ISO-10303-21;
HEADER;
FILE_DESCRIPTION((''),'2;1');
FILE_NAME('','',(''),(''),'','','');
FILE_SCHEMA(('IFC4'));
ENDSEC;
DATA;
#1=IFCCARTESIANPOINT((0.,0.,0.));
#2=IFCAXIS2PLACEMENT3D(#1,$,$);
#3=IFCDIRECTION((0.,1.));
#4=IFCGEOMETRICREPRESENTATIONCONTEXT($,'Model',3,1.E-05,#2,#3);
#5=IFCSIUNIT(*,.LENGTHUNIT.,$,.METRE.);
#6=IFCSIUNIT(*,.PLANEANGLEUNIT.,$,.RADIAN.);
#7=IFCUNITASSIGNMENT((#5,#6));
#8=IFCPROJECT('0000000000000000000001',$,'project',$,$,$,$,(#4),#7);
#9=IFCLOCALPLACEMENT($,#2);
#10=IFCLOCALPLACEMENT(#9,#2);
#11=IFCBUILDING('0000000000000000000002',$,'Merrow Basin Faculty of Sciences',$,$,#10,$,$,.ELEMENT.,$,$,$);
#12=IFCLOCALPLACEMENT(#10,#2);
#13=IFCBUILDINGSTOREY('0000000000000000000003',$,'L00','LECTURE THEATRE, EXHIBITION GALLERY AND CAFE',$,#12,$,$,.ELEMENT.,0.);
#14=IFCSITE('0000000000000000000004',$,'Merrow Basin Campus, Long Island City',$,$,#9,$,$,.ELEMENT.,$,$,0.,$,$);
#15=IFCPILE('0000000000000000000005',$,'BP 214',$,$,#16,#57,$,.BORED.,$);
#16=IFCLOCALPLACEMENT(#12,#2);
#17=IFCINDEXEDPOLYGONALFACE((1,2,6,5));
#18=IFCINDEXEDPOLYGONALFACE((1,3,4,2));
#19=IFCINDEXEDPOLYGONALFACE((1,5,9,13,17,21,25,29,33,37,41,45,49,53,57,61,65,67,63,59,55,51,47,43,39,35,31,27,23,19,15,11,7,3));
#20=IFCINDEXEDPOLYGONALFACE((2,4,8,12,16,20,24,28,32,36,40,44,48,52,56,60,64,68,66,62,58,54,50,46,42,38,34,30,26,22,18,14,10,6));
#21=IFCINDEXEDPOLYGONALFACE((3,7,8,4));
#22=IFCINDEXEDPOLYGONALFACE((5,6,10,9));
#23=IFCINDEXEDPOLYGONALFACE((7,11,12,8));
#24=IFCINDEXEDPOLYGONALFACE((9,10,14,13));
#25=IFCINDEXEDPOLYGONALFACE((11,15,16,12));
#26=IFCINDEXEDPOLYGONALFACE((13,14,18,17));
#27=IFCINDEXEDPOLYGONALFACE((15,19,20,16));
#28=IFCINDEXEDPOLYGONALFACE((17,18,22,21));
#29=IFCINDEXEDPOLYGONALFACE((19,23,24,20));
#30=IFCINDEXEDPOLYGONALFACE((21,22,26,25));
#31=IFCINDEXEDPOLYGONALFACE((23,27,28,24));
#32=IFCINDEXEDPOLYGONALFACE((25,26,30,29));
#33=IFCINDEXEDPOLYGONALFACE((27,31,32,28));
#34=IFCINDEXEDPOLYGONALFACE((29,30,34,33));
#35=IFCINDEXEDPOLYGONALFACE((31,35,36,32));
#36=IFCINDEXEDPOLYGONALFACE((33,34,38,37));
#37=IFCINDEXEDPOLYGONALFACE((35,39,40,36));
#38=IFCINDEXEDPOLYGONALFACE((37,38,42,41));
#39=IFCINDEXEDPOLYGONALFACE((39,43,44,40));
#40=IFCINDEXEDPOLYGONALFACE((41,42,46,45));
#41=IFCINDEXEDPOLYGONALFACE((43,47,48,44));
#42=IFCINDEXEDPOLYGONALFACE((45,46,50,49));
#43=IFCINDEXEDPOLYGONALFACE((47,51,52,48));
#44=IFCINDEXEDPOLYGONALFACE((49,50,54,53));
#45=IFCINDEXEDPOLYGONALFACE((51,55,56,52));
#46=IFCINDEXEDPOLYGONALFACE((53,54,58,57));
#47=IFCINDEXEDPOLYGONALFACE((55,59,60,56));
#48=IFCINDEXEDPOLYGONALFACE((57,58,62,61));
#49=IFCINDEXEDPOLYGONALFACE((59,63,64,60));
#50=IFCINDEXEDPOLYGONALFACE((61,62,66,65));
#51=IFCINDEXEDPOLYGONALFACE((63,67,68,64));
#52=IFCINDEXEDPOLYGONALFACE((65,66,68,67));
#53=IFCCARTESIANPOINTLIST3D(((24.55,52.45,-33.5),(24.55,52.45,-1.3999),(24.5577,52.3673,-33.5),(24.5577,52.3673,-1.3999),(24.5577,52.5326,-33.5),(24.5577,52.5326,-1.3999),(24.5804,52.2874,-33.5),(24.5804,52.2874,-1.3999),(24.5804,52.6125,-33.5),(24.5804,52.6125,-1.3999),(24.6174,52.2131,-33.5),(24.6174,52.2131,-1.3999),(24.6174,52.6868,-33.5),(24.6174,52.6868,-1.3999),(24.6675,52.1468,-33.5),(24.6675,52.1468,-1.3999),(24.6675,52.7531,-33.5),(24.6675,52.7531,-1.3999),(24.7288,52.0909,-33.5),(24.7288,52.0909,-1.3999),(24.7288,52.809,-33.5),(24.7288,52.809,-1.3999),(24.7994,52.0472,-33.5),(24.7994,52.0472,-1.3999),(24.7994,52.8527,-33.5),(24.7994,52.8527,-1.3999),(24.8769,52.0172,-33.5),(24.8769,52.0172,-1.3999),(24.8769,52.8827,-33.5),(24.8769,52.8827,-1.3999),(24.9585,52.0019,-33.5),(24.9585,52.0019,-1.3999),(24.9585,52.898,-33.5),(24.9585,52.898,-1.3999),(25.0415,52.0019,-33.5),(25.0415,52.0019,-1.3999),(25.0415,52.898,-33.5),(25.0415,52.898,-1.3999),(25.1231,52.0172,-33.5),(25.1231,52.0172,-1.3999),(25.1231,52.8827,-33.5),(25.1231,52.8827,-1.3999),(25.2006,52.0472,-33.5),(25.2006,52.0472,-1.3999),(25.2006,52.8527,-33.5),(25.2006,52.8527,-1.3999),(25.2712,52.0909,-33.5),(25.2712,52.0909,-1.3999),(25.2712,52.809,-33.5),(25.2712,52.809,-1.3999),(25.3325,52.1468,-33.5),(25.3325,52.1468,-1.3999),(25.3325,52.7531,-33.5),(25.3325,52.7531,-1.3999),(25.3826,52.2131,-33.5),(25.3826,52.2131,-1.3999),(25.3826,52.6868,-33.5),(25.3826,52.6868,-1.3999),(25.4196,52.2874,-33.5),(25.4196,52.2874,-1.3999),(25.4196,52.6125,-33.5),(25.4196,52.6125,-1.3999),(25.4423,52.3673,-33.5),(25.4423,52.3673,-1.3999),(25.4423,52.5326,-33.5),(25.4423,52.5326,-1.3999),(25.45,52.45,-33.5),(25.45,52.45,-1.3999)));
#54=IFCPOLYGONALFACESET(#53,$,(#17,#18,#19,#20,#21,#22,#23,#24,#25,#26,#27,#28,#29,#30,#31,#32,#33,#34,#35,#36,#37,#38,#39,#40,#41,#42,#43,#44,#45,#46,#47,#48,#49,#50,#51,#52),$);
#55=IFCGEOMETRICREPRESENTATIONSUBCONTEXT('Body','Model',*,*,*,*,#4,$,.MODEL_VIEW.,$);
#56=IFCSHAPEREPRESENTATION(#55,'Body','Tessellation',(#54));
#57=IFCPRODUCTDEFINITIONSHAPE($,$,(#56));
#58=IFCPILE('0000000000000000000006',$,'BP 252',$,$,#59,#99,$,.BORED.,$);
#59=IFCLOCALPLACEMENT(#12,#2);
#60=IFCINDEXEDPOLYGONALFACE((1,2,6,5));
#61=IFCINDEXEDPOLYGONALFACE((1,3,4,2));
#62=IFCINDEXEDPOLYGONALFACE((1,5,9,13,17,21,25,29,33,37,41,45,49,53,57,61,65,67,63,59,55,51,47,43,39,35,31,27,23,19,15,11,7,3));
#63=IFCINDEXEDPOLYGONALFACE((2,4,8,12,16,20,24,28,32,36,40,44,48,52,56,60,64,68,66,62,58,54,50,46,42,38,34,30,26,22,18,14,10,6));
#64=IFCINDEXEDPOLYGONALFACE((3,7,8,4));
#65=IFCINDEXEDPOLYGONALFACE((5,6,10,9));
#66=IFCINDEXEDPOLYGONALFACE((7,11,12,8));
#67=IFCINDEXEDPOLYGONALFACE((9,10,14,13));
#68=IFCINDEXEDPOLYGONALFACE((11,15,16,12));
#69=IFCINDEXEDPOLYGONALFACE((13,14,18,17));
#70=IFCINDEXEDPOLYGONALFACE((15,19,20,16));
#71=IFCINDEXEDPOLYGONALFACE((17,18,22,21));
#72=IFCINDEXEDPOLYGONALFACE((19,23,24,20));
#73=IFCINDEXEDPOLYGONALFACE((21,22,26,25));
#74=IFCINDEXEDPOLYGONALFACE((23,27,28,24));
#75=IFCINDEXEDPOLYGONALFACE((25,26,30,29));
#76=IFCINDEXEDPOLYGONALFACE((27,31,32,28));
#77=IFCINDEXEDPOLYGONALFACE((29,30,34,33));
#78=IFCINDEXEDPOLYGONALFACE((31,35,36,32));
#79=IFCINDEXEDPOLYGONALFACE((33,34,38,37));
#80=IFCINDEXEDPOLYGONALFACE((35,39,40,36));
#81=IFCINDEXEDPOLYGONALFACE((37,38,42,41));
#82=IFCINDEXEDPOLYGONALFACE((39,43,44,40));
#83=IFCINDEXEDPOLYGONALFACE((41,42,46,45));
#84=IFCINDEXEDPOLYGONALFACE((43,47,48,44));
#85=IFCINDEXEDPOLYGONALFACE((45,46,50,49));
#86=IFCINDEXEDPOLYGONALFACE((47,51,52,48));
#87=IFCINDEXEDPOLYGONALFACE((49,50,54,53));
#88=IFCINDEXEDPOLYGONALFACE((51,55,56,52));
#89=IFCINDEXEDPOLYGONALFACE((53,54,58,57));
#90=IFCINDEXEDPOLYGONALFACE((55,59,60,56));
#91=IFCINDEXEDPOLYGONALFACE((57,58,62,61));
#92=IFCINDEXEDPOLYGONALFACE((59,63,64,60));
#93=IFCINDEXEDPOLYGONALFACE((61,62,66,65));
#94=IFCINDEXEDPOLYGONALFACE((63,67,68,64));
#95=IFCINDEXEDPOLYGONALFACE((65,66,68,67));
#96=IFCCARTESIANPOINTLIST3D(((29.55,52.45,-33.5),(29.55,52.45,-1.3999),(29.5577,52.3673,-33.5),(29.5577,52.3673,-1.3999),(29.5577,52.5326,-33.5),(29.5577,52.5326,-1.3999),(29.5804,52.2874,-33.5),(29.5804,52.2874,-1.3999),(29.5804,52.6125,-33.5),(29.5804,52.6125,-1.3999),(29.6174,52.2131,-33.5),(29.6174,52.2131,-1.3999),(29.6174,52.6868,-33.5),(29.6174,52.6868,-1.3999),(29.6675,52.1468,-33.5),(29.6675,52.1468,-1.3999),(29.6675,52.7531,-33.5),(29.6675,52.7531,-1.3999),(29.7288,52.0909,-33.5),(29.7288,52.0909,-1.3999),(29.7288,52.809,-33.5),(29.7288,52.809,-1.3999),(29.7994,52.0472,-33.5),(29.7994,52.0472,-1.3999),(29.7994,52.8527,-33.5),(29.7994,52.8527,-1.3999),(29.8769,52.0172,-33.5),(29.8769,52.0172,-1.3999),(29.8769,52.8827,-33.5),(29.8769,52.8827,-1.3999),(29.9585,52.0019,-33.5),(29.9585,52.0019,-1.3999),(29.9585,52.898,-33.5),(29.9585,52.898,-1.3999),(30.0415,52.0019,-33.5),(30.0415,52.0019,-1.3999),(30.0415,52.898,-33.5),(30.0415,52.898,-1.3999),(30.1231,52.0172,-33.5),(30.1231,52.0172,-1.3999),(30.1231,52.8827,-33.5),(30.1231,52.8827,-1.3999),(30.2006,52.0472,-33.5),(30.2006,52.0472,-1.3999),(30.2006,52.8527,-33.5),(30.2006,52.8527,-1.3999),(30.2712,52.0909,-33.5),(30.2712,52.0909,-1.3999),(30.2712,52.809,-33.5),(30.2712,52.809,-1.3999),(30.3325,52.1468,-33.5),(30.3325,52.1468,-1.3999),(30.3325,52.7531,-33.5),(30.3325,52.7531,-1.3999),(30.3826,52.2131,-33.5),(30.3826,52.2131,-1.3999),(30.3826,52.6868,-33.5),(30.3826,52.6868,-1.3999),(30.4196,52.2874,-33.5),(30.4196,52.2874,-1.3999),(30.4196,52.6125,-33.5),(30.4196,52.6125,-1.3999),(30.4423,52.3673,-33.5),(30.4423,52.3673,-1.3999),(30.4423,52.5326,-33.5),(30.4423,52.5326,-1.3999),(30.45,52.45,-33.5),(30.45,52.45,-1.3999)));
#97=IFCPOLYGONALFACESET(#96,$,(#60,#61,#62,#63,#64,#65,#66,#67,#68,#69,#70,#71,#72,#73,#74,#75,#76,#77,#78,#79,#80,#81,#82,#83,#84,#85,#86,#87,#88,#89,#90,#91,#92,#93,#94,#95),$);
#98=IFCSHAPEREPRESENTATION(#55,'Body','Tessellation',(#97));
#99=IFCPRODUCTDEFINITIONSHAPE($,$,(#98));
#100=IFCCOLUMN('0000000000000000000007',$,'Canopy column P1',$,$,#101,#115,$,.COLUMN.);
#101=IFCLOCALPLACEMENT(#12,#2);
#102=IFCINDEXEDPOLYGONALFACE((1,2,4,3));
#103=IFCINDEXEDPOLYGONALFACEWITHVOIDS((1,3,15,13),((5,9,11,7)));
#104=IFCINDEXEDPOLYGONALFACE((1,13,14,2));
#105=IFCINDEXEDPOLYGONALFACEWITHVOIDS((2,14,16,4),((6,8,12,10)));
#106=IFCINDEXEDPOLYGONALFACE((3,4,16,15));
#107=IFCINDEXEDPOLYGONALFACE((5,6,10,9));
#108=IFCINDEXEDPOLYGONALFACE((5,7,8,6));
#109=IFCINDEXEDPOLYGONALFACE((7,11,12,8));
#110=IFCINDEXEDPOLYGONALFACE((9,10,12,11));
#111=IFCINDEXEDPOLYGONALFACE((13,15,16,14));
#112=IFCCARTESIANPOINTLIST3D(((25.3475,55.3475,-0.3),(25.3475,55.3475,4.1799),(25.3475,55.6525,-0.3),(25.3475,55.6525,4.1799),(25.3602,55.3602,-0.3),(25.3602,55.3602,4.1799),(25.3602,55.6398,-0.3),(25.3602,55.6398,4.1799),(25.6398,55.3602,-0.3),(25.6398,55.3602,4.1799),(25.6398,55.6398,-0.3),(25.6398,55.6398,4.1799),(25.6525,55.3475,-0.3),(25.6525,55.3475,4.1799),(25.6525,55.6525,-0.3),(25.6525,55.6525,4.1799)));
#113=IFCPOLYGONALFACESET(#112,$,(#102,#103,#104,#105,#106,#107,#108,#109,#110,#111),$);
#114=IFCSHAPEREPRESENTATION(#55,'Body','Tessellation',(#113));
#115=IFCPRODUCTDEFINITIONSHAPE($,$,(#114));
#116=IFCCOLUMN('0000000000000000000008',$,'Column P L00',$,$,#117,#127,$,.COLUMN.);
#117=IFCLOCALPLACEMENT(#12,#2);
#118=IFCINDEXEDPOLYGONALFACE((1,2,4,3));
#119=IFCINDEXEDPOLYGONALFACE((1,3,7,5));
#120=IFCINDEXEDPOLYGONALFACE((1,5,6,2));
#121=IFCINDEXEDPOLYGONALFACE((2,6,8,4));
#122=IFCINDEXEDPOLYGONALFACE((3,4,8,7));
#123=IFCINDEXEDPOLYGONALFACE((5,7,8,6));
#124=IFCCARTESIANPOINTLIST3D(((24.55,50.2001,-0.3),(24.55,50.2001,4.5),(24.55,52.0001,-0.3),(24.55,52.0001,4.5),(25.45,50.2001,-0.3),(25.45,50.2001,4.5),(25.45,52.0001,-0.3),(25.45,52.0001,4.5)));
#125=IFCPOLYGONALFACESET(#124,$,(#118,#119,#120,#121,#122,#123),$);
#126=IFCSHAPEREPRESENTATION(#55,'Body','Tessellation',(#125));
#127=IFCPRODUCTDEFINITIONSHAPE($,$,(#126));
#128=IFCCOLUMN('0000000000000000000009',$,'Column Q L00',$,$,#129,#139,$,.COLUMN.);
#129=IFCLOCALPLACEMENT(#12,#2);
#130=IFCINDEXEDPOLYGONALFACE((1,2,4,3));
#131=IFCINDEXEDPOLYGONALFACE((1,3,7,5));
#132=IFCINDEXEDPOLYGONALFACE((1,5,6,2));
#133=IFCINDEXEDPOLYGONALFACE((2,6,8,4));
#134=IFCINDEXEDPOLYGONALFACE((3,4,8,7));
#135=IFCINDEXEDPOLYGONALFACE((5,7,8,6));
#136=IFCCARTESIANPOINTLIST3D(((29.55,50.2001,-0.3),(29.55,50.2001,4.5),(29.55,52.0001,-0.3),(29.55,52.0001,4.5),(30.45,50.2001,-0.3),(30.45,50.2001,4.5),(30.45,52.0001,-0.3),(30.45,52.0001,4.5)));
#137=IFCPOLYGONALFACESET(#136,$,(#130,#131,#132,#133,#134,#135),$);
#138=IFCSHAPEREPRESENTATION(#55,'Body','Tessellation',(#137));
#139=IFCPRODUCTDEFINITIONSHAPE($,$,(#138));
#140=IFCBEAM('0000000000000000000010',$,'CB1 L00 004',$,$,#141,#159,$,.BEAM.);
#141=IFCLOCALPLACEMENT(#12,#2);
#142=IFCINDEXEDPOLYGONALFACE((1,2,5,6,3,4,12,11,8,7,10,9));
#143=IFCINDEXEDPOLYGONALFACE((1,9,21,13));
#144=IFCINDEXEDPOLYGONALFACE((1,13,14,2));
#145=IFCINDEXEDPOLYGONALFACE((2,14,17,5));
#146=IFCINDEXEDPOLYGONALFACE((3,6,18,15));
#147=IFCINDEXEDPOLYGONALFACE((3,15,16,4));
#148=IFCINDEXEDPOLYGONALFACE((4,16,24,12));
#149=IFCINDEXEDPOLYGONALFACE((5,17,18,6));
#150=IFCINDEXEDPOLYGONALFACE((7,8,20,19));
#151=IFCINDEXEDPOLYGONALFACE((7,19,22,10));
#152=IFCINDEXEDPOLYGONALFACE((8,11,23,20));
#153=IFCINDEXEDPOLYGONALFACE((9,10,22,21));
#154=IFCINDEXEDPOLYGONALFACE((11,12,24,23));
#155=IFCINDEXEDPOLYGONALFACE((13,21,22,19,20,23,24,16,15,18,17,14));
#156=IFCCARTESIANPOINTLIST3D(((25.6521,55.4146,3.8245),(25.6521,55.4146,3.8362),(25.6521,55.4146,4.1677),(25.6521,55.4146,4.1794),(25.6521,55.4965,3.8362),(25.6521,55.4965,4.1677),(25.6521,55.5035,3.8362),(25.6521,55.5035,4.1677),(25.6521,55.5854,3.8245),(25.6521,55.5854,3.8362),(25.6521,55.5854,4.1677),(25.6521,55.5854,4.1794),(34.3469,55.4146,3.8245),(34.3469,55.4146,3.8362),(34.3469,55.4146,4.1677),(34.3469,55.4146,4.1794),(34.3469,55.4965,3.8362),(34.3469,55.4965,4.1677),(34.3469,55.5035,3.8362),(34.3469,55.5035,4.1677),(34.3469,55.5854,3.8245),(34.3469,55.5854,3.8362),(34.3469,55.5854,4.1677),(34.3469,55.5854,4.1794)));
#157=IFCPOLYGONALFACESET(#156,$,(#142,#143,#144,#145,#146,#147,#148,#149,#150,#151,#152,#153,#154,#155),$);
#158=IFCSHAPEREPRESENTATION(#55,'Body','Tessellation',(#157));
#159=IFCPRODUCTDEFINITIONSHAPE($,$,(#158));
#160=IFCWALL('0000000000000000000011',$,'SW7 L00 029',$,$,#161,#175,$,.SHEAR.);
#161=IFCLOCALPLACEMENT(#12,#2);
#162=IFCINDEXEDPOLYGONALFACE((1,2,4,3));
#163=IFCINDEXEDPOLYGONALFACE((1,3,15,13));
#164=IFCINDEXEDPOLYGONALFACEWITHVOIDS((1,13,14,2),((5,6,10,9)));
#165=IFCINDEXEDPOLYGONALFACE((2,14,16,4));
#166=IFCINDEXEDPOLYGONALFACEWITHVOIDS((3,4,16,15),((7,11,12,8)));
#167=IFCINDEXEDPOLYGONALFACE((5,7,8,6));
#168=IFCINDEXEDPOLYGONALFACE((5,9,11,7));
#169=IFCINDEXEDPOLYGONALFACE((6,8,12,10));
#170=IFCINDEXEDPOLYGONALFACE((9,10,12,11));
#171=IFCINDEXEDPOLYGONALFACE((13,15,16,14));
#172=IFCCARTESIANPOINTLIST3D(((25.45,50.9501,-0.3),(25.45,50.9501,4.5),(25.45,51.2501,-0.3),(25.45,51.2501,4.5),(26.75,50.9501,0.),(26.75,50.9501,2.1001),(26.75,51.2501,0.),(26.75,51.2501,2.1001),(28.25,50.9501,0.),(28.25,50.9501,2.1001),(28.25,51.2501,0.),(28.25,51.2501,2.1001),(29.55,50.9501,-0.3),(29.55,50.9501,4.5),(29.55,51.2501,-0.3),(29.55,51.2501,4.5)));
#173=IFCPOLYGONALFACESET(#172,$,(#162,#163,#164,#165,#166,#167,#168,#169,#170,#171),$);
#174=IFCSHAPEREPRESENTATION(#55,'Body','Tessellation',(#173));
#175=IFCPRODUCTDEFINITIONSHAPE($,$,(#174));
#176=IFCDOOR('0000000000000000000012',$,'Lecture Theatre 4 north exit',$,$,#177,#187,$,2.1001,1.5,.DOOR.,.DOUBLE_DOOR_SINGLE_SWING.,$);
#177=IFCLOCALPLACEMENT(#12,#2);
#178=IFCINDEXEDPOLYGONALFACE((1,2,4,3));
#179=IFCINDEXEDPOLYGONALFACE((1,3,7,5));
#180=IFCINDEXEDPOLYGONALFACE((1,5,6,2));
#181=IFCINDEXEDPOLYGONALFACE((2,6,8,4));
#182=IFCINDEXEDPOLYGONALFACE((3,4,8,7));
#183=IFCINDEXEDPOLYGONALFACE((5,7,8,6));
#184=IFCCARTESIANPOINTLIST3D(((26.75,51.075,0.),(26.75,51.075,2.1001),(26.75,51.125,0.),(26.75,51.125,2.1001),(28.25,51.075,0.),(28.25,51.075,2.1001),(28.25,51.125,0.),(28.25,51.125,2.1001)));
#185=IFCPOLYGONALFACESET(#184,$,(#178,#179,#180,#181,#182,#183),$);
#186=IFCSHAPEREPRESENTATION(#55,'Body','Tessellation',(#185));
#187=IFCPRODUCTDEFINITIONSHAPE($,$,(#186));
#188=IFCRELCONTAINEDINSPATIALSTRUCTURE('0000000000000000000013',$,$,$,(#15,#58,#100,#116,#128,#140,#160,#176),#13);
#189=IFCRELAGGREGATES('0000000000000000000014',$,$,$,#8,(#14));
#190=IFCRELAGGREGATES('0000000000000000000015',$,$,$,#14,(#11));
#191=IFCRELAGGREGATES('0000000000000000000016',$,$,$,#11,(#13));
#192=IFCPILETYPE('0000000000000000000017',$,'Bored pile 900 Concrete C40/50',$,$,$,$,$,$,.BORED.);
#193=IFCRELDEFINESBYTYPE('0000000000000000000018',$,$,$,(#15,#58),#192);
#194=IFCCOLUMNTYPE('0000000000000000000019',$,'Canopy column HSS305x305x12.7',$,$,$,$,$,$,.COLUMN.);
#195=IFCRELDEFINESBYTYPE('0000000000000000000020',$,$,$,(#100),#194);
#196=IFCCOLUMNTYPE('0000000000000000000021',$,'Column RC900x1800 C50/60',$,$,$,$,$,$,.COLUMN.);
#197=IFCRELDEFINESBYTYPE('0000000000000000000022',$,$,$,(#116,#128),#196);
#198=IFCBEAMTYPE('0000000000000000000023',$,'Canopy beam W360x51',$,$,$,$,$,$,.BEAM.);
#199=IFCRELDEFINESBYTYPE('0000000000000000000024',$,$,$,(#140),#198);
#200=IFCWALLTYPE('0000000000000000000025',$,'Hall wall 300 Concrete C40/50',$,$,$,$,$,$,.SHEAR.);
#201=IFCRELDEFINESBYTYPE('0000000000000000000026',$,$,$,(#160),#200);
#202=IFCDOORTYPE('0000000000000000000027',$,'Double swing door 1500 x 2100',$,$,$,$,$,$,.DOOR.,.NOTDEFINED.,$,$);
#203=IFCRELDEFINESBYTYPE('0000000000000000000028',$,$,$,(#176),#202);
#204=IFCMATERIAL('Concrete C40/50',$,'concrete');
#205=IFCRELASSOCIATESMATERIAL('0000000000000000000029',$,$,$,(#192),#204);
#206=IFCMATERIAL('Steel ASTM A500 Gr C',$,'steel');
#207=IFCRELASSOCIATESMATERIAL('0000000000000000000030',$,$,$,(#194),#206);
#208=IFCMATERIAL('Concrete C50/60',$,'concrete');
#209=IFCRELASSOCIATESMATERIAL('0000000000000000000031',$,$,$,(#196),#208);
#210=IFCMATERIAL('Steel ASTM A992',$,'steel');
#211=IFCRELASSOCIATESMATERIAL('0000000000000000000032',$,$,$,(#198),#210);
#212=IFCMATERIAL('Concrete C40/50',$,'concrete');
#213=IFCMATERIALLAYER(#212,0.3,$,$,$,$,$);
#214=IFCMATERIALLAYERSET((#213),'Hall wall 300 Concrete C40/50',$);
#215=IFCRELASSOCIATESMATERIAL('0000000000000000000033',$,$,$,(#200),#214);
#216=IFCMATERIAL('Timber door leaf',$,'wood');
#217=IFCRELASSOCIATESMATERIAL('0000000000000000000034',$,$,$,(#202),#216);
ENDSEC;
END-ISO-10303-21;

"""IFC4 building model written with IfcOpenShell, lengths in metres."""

from ifc_helpers import new_model, si_unit, direction, frame, frame_2d, origin, origin_2d, place, context, subcontext, project, spatial, rectangle, hollow_rectangle, circle, i_section, extrude, material, layer, layer_set, material_profile, profile_set, type_object, element, fill, save


model = new_model("IFC4")

# Units and contexts
model_context = context("Model", 3, precision=1e-05, world=origin(), true_north=direction((0.0, 1.0)))
body_context = subcontext(model_context, "Body", "Model", "MODEL_VIEW")
ifc_project = project(units=[si_unit("LENGTHUNIT", "METRE"), si_unit("PLANEANGLEUNIT", "RADIAN")], contexts=[model_context])

# Site, building, storey
site_placement = place(None, origin())
site = spatial("IfcSite", under=ifc_project, at=site_placement, Name="Merrow Basin Campus, Long Island City", CompositionType="ELEMENT", RefElevation=0.0)
building_placement = place(site_placement, origin())
building = spatial("IfcBuilding", under=site, at=building_placement, Name="Merrow Basin Faculty of Sciences", CompositionType="ELEMENT")
storey_placement = place(building_placement, origin())
storey = spatial("IfcBuildingStorey", under=building, at=storey_placement, Name="L00", Description="LECTURE THEATRE, EXHIBITION GALLERY AND CAFE", CompositionType="ELEMENT", Elevation=0.0)

# Piles
ifc_material_1 = material(Name="Concrete C40/50", Category="concrete")
ifc_material_profile_1 = material_profile(ifc_material_1, circle(Radius=0.45, at=origin_2d()))
ifc_profile_set_1 = profile_set([ifc_material_profile_1], Name="Concrete C40/50")
pile_type_1 = type_object("IfcPileType", Name="Bored pile 900 Concrete C40/50", PredefinedType="BORED", material=ifc_profile_set_1)
for number, where, z_axis, x_axis, name in (
    (1, (25.0, 52.45, -1.3999), (0.0, 0.0, -1.0), (1.0, 0.0, 0.0), "BP 214"),
    (2, (30.0, 52.45, -1.3999), (0.0, 0.0, -1.0), (1.0, 0.0, 0.0), "BP 252"),
):
    element("IfcPile", number, at=place(storey_placement, frame(where, z_axis=z_axis, x_axis=x_axis)), inside=storey, type_object=pile_type_1, Name=name, PredefinedType="BORED", context=body_context, shape_type="SweptSolid", body=[
        extrude(circle(Radius=0.45, at=origin_2d()), origin(), (0.0, 0.0, 1.0), 32.1001),
    ])

# Columns
ifc_material_2 = material(Name="Steel ASTM A500 Gr C", Category="steel")
ifc_material_profile_2 = material_profile(ifc_material_2, hollow_rectangle(XDim=0.3049, YDim=0.3049, WallThickness=0.0127, at=origin_2d()))
ifc_profile_set_2 = profile_set([ifc_material_profile_2], Name="Steel ASTM A500 Gr C")
column_type_1 = type_object("IfcColumnType", Name="Canopy column HSS305x305x12.7", PredefinedType="COLUMN", material=ifc_profile_set_2)
column_placement = place(storey_placement, frame((25.5, 55.5, -0.3), z_axis=(0.0, 0.0, 1.0), x_axis=(1.0, 0.0, 0.0)))
element("IfcColumn", 3, at=column_placement, inside=storey, type_object=column_type_1, Name="Canopy column P1", PredefinedType="COLUMN", context=body_context, shape_type="SweptSolid", body=[
    extrude(hollow_rectangle(XDim=0.3049, YDim=0.3049, WallThickness=0.0127, at=origin_2d()), origin(), (0.0, 0.0, 1.0), 4.48),
])
ifc_material_3 = material(Name="Concrete C50/60", Category="concrete")
ifc_material_profile_3 = material_profile(ifc_material_3, rectangle(XDim=0.8999, YDim=1.8, at=origin_2d()))
ifc_profile_set_3 = profile_set([ifc_material_profile_3], Name="Concrete C50/60")
column_type_2 = type_object("IfcColumnType", Name="Column RC900x1800 C50/60", PredefinedType="COLUMN", material=ifc_profile_set_3)
for number, where, z_axis, x_axis, name in (
    (4, (25.0, 51.1001, -0.3), (0.0, 0.0, 1.0), (1.0, 0.0, 0.0), "Column P L00"),
    (5, (30.0, 51.1001, -0.3), (0.0, 0.0, 1.0), (1.0, 0.0, 0.0), "Column Q L00"),
):
    element("IfcColumn", number, at=place(storey_placement, frame(where, z_axis=z_axis, x_axis=x_axis)), inside=storey, type_object=column_type_2, Name=name, PredefinedType="COLUMN", context=body_context, shape_type="SweptSolid", body=[
        extrude(rectangle(XDim=0.8999, YDim=1.8, at=origin_2d()), origin(), (0.0, 0.0, 1.0), 4.8),
    ])

# Beam
ifc_material_4 = material(Name="Steel ASTM A992", Category="steel")
ifc_material_profile_4 = material_profile(ifc_material_4, i_section(OverallWidth=0.1709, OverallDepth=0.355, WebThickness=0.0071, FlangeThickness=0.0117, at=origin_2d()))
ifc_profile_set_4 = profile_set([ifc_material_profile_4], Name="Steel ASTM A992")
beam_type = type_object("IfcBeamType", Name="Canopy beam W360x51", PredefinedType="BEAM", material=ifc_profile_set_4)
beam_placement = place(storey_placement, frame((25.6521, 55.5, 4.002), z_axis=(1.0, 0.0, 0.0), x_axis=(0.0, 1.0, 0.0)))
element("IfcBeam", 6, at=beam_placement, inside=storey, type_object=beam_type, Name="CB1 L00 004", PredefinedType="BEAM", context=body_context, shape_type="SweptSolid", body=[
    extrude(i_section(OverallWidth=0.1709, OverallDepth=0.355, WebThickness=0.0071, FlangeThickness=0.0117, at=origin_2d()), origin(), (0.0, 0.0, 1.0), 8.6948),
])

# Wall, opening, door
ifc_material_5 = material(Name="Concrete C40/50", Category="concrete")
ifc_layer = layer(ifc_material_5, 0.3)
ifc_layer_set = layer_set([ifc_layer], Name="Hall wall 300 Concrete C40/50")
wall_type = type_object("IfcWallType", Name="Hall wall 300 Concrete C40/50", PredefinedType="SHEAR", material=ifc_layer_set)
wall_1_placement = place(storey_placement, frame((25.45, 51.1001, -0.3), z_axis=(0.0, 0.0, 1.0), x_axis=(1.0, 0.0, 0.0)))
wall_1 = element("IfcWall", 7, at=wall_1_placement, inside=storey, type_object=wall_type, Name="SW7 L00 029", PredefinedType="SHEAR", context=body_context, shape_type="SweptSolid", body=[
    extrude(rectangle(XDim=4.1001, YDim=0.3, at=frame_2d((2.05, 0.0))), origin(), (0.0, 0.0, 1.0), 4.8),
])
opening_placement = place(wall_1_placement, frame((1.3, 0.0, 0.3)))
opening = element("IfcOpeningElement", 8, at=opening_placement, cuts=wall_1, PredefinedType="OPENING", context=body_context, shape_type="SweptSolid", body=[
    extrude(rectangle(XDim=1.5, YDim=2.1001, at=frame_2d((0.75, 1.05))), frame((0.0, 0.1599, 0.0), z_axis=(0.0, -1.0, 0.0), x_axis=(1.0, 0.0, 0.0)), (0.0, 0.0, 1.0), 0.3201),
])
ifc_material_6 = material(Name="Timber door leaf", Category="wood")
door_type = type_object("IfcDoorType", Name="Double swing door 1500 x 2100", OperationType="NOTDEFINED", PredefinedType="DOOR", material=ifc_material_6)
door_placement = place(opening_placement, origin())
door = element("IfcDoor", 9, at=door_placement, inside=storey, type_object=door_type, Name="Lecture Theatre 4 north exit", OperationType="DOUBLE_DOOR_SINGLE_SWING", OverallHeight=2.1001, OverallWidth=1.5, PredefinedType="DOOR", context=body_context, shape_type="SweptSolid", body=[
    extrude(rectangle(XDim=1.5, YDim=2.1001, at=frame_2d((0.75, 1.05))), frame((0.0, 0.0249, 0.0), z_axis=(0.0, -1.0, 0.0), x_axis=(1.0, 0.0, 0.0)), (0.0, 0.0, 1.0), 0.05),
])
fill(opening, door)

save(model, "model.ifc")
